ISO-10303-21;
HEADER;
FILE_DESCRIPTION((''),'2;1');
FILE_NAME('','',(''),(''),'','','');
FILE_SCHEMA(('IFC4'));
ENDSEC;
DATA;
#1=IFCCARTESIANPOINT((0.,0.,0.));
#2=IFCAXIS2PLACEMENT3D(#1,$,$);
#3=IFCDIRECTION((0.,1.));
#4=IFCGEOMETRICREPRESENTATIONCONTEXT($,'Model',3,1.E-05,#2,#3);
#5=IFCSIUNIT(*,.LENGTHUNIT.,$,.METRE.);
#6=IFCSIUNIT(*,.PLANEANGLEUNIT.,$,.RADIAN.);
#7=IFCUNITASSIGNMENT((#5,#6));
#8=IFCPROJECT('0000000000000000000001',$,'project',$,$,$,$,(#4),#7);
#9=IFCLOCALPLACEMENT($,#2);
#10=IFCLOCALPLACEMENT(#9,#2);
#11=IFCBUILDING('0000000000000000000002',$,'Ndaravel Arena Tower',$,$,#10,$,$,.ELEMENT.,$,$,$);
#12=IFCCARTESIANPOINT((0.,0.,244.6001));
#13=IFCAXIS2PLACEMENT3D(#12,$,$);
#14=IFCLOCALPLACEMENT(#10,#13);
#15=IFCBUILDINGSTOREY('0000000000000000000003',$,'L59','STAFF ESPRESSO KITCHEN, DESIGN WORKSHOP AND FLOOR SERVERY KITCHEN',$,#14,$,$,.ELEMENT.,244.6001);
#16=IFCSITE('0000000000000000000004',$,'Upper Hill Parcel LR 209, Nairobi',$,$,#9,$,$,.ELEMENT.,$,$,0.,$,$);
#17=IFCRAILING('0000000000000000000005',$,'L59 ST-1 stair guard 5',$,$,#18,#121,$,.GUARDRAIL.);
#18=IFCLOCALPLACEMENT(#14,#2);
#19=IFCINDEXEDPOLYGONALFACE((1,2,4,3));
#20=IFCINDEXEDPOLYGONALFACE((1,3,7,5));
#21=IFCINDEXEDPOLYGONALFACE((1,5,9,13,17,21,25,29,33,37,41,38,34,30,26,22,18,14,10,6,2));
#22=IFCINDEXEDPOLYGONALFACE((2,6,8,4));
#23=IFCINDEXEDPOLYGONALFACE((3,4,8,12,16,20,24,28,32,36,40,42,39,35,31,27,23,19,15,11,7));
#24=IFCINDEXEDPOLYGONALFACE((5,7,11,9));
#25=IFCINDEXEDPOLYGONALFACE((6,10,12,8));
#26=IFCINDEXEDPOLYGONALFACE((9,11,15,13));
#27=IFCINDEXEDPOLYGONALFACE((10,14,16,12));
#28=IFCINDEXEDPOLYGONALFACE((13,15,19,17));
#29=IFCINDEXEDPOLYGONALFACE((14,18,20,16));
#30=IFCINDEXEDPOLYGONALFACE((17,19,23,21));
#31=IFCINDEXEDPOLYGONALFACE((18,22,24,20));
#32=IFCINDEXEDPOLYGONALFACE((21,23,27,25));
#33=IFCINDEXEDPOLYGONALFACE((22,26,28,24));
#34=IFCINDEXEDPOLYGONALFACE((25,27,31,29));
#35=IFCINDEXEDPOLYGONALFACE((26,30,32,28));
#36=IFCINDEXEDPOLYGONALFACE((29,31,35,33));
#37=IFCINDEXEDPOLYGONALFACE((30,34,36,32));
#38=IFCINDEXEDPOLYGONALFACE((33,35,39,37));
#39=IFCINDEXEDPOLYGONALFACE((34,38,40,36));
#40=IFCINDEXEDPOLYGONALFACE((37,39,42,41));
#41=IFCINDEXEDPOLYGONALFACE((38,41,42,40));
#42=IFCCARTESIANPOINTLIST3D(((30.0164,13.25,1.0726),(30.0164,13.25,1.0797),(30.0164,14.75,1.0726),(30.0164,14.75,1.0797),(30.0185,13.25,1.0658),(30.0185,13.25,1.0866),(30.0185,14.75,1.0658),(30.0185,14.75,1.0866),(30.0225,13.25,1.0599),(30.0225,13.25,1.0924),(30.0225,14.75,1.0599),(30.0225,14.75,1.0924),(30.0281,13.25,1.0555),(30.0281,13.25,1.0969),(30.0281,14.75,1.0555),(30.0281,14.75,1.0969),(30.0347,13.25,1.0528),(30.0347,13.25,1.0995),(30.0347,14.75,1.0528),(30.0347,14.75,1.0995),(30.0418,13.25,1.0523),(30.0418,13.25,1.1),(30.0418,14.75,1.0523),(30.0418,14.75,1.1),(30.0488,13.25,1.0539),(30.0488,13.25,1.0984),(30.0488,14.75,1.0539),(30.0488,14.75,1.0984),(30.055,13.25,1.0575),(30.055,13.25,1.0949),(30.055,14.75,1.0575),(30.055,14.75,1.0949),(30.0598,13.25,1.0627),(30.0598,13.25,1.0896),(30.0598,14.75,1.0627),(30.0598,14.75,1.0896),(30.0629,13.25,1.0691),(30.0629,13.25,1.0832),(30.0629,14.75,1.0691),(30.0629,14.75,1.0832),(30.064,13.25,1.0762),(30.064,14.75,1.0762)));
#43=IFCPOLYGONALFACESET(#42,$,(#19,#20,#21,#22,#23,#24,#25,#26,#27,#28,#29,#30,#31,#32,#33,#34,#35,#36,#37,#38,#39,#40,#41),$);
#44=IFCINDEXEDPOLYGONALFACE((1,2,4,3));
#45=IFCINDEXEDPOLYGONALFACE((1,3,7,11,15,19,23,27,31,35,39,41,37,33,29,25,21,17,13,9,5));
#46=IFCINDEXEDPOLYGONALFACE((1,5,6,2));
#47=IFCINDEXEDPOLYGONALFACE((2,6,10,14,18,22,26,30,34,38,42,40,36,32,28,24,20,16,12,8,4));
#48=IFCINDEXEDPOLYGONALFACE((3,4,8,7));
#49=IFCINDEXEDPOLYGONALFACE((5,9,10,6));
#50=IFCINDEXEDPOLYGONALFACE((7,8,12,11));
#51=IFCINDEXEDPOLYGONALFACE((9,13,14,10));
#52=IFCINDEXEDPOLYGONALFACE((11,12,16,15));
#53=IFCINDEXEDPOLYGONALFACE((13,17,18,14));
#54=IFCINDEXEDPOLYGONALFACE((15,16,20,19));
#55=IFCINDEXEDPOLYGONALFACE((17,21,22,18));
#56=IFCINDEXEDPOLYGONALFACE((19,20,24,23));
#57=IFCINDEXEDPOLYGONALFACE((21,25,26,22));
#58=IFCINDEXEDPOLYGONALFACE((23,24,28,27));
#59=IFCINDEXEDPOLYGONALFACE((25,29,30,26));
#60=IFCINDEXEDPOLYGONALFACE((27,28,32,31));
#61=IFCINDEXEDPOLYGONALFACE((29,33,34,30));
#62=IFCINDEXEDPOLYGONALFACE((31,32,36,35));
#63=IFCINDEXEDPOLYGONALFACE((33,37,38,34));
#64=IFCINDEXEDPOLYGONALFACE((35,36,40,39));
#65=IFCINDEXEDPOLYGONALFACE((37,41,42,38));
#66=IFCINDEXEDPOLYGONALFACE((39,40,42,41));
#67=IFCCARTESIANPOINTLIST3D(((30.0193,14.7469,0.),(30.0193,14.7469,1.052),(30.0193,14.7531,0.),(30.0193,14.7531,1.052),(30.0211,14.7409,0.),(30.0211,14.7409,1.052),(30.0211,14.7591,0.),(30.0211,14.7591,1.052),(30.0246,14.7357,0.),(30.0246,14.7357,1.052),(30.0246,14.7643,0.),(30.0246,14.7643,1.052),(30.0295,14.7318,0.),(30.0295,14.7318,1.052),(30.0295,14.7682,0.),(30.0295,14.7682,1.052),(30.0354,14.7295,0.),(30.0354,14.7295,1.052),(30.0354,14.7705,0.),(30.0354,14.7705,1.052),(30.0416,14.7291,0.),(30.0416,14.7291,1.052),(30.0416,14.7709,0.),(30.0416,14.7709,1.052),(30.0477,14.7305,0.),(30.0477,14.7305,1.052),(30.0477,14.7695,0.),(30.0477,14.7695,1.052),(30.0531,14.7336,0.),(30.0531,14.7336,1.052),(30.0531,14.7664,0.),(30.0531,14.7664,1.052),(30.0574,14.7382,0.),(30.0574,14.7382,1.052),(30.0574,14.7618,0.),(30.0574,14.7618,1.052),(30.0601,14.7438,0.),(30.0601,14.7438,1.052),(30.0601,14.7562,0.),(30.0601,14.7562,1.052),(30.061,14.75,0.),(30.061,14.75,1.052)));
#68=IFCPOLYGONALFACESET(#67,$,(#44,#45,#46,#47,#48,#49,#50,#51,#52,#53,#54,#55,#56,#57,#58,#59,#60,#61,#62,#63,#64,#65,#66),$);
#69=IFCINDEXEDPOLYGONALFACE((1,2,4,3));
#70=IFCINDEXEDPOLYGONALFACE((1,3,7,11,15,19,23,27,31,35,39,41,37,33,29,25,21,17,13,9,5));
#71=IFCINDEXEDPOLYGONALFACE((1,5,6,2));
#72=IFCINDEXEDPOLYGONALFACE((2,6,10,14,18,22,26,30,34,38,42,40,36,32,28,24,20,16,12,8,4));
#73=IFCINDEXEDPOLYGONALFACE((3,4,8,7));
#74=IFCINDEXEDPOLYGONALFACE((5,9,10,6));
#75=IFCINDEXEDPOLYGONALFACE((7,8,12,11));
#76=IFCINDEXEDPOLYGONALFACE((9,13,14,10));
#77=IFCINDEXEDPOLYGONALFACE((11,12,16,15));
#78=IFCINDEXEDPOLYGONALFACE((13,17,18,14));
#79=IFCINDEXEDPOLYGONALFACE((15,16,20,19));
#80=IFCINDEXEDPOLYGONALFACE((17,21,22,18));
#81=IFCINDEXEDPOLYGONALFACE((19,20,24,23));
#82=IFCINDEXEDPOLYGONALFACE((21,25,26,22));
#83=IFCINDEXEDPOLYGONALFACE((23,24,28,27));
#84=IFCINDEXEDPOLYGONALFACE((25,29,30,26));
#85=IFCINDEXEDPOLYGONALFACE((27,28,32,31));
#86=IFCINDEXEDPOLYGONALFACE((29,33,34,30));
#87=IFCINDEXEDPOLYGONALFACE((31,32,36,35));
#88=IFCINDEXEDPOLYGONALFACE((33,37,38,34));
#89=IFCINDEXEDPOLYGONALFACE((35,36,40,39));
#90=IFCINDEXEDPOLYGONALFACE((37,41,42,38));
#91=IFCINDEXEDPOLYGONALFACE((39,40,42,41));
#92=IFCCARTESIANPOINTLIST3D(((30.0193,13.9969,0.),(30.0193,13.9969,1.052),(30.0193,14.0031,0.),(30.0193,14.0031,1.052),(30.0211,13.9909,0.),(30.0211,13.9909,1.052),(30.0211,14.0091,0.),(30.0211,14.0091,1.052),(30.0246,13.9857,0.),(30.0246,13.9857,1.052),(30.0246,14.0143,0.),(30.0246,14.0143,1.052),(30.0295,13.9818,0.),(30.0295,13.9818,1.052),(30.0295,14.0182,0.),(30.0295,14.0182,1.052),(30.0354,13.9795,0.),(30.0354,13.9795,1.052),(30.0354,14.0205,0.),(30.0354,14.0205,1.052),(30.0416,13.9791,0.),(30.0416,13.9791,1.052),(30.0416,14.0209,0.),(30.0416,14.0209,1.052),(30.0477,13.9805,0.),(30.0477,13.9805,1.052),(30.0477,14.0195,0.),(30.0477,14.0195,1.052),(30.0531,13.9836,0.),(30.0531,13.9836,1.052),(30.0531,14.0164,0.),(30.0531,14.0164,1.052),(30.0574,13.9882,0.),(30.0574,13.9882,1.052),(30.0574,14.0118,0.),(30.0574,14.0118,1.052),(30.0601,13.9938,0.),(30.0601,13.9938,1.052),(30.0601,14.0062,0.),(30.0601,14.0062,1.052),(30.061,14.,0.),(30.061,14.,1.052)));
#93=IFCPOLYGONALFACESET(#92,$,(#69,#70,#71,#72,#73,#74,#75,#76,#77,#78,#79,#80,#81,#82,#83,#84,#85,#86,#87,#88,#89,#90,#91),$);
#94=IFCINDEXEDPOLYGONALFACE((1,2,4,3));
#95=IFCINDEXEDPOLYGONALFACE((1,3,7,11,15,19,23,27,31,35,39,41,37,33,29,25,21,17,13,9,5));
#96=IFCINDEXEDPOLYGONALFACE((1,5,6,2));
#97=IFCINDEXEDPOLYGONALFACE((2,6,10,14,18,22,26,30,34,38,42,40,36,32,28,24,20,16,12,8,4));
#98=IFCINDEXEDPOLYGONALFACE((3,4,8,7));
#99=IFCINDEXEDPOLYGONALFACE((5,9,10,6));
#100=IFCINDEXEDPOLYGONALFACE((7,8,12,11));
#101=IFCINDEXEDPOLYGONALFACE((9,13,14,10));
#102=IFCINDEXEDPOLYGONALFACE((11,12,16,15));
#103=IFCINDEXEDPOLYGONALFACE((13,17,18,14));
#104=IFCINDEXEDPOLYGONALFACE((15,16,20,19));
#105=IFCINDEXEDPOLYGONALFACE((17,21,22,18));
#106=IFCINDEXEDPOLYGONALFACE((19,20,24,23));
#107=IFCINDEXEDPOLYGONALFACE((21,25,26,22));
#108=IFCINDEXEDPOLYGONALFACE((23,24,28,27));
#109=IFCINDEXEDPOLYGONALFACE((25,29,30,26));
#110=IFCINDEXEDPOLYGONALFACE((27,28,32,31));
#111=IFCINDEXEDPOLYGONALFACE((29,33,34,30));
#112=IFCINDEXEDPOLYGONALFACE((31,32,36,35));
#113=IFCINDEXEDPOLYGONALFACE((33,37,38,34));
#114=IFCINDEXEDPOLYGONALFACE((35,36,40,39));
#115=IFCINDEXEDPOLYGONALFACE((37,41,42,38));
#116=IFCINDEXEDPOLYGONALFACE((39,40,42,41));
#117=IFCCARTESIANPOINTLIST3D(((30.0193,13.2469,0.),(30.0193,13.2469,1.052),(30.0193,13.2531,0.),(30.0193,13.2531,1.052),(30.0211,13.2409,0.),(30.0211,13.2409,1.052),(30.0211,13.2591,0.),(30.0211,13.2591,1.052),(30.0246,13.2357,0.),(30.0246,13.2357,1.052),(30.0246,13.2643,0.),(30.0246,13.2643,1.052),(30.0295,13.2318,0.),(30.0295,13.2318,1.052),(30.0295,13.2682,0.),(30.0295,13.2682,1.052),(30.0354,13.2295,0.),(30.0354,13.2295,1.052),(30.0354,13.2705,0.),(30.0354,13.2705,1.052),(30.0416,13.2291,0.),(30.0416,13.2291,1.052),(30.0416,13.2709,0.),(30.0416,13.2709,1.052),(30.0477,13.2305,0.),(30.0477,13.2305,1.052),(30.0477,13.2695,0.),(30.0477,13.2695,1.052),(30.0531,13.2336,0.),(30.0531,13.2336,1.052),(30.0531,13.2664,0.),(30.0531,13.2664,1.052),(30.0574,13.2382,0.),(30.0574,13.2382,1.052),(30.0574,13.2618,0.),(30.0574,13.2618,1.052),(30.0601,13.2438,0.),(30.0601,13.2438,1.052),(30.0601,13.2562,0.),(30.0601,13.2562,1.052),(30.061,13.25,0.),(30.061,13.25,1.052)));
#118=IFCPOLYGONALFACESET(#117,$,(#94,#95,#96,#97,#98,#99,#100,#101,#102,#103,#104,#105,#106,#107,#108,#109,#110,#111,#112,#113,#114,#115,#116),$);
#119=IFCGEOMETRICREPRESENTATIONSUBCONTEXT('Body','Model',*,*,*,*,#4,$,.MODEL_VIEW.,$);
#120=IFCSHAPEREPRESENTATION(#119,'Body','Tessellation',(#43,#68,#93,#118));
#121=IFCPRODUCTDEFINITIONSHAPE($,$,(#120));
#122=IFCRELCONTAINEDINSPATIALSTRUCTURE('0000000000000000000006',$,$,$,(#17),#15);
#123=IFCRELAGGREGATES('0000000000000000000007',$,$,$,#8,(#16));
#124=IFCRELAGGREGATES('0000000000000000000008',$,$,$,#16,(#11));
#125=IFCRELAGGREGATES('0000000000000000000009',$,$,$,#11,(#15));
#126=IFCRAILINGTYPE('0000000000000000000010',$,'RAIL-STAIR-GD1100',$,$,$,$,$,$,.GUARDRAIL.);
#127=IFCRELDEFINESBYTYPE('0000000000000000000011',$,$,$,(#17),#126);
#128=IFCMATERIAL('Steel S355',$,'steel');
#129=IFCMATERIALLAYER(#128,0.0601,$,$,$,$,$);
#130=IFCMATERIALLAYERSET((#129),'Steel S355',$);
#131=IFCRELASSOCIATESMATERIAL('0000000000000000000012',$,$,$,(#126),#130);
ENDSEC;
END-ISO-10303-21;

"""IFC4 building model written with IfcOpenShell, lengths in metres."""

from ifc_helpers import new_model, si_unit, direction, frame, origin, origin_2d, place, context, subcontext, project, spatial, circle, extrude, material, layer, layer_set, type_object, element, save


model = new_model("IFC4")

# Units and contexts
model_context = context("Model", 3, precision=1e-05, world=origin(), true_north=direction((0.0, 1.0)))
body_context = subcontext(model_context, "Body", "Model", "MODEL_VIEW")
ifc_project = project(units=[si_unit("LENGTHUNIT", "METRE"), si_unit("PLANEANGLEUNIT", "RADIAN")], contexts=[model_context])

# Site, building, storey
site_placement = place(None, origin())
site = spatial("IfcSite", under=ifc_project, at=site_placement, Name="Upper Hill Parcel LR 209, Nairobi", CompositionType="ELEMENT", RefElevation=0.0)
building_placement = place(site_placement, origin())
building = spatial("IfcBuilding", under=site, at=building_placement, Name="Ndaravel Arena Tower", CompositionType="ELEMENT")
storey_placement = place(building_placement, frame((0.0, 0.0, 244.6001)))
storey = spatial("IfcBuildingStorey", under=building, at=storey_placement, Name="L59", Description="STAFF ESPRESSO KITCHEN, DESIGN WORKSHOP AND FLOOR SERVERY KITCHEN", CompositionType="ELEMENT", Elevation=244.6001)

# Railing
ifc_material_1 = material(Name="Steel S355", Category="steel")
ifc_layer_1 = layer(ifc_material_1, 0.0601)
ifc_layer_set_1 = layer_set([ifc_layer_1], Name="Steel S355")
railing_type = type_object("IfcRailingType", Name="RAIL-STAIR-GD1100", PredefinedType="GUARDRAIL", material=ifc_layer_set_1)
railing_placement = place(storey_placement, frame((30.04, 14.75, 0.0)))
element("IfcRailing", 1, at=railing_placement, inside=storey, type_object=railing_type, Name="L59 ST-1 stair guard 5", PredefinedType="GUARDRAIL", context=body_context, shape_type="SweptSolid", body=[
    extrude(circle(Radius=0.0239, at=origin_2d()), frame((0.0, 0.0, 1.0762), z_axis=(0.0, -1.0, 0.0), x_axis=(1.0, 0.0, 0.0)), (0.0, 0.0, 1.0), 1.5),
    extrude(circle(Radius=0.021, at=origin_2d()), origin(), (0.0, 0.0, 1.0), 1.052),
    extrude(circle(Radius=0.021, at=origin_2d()), frame((0.0, -0.75, 0.0)), (0.0, 0.0, 1.0), 1.052),
    extrude(circle(Radius=0.021, at=origin_2d()), frame((0.0, -1.5, 0.0)), (0.0, 0.0, 1.0), 1.052),
])

save(model, "model.ifc")
